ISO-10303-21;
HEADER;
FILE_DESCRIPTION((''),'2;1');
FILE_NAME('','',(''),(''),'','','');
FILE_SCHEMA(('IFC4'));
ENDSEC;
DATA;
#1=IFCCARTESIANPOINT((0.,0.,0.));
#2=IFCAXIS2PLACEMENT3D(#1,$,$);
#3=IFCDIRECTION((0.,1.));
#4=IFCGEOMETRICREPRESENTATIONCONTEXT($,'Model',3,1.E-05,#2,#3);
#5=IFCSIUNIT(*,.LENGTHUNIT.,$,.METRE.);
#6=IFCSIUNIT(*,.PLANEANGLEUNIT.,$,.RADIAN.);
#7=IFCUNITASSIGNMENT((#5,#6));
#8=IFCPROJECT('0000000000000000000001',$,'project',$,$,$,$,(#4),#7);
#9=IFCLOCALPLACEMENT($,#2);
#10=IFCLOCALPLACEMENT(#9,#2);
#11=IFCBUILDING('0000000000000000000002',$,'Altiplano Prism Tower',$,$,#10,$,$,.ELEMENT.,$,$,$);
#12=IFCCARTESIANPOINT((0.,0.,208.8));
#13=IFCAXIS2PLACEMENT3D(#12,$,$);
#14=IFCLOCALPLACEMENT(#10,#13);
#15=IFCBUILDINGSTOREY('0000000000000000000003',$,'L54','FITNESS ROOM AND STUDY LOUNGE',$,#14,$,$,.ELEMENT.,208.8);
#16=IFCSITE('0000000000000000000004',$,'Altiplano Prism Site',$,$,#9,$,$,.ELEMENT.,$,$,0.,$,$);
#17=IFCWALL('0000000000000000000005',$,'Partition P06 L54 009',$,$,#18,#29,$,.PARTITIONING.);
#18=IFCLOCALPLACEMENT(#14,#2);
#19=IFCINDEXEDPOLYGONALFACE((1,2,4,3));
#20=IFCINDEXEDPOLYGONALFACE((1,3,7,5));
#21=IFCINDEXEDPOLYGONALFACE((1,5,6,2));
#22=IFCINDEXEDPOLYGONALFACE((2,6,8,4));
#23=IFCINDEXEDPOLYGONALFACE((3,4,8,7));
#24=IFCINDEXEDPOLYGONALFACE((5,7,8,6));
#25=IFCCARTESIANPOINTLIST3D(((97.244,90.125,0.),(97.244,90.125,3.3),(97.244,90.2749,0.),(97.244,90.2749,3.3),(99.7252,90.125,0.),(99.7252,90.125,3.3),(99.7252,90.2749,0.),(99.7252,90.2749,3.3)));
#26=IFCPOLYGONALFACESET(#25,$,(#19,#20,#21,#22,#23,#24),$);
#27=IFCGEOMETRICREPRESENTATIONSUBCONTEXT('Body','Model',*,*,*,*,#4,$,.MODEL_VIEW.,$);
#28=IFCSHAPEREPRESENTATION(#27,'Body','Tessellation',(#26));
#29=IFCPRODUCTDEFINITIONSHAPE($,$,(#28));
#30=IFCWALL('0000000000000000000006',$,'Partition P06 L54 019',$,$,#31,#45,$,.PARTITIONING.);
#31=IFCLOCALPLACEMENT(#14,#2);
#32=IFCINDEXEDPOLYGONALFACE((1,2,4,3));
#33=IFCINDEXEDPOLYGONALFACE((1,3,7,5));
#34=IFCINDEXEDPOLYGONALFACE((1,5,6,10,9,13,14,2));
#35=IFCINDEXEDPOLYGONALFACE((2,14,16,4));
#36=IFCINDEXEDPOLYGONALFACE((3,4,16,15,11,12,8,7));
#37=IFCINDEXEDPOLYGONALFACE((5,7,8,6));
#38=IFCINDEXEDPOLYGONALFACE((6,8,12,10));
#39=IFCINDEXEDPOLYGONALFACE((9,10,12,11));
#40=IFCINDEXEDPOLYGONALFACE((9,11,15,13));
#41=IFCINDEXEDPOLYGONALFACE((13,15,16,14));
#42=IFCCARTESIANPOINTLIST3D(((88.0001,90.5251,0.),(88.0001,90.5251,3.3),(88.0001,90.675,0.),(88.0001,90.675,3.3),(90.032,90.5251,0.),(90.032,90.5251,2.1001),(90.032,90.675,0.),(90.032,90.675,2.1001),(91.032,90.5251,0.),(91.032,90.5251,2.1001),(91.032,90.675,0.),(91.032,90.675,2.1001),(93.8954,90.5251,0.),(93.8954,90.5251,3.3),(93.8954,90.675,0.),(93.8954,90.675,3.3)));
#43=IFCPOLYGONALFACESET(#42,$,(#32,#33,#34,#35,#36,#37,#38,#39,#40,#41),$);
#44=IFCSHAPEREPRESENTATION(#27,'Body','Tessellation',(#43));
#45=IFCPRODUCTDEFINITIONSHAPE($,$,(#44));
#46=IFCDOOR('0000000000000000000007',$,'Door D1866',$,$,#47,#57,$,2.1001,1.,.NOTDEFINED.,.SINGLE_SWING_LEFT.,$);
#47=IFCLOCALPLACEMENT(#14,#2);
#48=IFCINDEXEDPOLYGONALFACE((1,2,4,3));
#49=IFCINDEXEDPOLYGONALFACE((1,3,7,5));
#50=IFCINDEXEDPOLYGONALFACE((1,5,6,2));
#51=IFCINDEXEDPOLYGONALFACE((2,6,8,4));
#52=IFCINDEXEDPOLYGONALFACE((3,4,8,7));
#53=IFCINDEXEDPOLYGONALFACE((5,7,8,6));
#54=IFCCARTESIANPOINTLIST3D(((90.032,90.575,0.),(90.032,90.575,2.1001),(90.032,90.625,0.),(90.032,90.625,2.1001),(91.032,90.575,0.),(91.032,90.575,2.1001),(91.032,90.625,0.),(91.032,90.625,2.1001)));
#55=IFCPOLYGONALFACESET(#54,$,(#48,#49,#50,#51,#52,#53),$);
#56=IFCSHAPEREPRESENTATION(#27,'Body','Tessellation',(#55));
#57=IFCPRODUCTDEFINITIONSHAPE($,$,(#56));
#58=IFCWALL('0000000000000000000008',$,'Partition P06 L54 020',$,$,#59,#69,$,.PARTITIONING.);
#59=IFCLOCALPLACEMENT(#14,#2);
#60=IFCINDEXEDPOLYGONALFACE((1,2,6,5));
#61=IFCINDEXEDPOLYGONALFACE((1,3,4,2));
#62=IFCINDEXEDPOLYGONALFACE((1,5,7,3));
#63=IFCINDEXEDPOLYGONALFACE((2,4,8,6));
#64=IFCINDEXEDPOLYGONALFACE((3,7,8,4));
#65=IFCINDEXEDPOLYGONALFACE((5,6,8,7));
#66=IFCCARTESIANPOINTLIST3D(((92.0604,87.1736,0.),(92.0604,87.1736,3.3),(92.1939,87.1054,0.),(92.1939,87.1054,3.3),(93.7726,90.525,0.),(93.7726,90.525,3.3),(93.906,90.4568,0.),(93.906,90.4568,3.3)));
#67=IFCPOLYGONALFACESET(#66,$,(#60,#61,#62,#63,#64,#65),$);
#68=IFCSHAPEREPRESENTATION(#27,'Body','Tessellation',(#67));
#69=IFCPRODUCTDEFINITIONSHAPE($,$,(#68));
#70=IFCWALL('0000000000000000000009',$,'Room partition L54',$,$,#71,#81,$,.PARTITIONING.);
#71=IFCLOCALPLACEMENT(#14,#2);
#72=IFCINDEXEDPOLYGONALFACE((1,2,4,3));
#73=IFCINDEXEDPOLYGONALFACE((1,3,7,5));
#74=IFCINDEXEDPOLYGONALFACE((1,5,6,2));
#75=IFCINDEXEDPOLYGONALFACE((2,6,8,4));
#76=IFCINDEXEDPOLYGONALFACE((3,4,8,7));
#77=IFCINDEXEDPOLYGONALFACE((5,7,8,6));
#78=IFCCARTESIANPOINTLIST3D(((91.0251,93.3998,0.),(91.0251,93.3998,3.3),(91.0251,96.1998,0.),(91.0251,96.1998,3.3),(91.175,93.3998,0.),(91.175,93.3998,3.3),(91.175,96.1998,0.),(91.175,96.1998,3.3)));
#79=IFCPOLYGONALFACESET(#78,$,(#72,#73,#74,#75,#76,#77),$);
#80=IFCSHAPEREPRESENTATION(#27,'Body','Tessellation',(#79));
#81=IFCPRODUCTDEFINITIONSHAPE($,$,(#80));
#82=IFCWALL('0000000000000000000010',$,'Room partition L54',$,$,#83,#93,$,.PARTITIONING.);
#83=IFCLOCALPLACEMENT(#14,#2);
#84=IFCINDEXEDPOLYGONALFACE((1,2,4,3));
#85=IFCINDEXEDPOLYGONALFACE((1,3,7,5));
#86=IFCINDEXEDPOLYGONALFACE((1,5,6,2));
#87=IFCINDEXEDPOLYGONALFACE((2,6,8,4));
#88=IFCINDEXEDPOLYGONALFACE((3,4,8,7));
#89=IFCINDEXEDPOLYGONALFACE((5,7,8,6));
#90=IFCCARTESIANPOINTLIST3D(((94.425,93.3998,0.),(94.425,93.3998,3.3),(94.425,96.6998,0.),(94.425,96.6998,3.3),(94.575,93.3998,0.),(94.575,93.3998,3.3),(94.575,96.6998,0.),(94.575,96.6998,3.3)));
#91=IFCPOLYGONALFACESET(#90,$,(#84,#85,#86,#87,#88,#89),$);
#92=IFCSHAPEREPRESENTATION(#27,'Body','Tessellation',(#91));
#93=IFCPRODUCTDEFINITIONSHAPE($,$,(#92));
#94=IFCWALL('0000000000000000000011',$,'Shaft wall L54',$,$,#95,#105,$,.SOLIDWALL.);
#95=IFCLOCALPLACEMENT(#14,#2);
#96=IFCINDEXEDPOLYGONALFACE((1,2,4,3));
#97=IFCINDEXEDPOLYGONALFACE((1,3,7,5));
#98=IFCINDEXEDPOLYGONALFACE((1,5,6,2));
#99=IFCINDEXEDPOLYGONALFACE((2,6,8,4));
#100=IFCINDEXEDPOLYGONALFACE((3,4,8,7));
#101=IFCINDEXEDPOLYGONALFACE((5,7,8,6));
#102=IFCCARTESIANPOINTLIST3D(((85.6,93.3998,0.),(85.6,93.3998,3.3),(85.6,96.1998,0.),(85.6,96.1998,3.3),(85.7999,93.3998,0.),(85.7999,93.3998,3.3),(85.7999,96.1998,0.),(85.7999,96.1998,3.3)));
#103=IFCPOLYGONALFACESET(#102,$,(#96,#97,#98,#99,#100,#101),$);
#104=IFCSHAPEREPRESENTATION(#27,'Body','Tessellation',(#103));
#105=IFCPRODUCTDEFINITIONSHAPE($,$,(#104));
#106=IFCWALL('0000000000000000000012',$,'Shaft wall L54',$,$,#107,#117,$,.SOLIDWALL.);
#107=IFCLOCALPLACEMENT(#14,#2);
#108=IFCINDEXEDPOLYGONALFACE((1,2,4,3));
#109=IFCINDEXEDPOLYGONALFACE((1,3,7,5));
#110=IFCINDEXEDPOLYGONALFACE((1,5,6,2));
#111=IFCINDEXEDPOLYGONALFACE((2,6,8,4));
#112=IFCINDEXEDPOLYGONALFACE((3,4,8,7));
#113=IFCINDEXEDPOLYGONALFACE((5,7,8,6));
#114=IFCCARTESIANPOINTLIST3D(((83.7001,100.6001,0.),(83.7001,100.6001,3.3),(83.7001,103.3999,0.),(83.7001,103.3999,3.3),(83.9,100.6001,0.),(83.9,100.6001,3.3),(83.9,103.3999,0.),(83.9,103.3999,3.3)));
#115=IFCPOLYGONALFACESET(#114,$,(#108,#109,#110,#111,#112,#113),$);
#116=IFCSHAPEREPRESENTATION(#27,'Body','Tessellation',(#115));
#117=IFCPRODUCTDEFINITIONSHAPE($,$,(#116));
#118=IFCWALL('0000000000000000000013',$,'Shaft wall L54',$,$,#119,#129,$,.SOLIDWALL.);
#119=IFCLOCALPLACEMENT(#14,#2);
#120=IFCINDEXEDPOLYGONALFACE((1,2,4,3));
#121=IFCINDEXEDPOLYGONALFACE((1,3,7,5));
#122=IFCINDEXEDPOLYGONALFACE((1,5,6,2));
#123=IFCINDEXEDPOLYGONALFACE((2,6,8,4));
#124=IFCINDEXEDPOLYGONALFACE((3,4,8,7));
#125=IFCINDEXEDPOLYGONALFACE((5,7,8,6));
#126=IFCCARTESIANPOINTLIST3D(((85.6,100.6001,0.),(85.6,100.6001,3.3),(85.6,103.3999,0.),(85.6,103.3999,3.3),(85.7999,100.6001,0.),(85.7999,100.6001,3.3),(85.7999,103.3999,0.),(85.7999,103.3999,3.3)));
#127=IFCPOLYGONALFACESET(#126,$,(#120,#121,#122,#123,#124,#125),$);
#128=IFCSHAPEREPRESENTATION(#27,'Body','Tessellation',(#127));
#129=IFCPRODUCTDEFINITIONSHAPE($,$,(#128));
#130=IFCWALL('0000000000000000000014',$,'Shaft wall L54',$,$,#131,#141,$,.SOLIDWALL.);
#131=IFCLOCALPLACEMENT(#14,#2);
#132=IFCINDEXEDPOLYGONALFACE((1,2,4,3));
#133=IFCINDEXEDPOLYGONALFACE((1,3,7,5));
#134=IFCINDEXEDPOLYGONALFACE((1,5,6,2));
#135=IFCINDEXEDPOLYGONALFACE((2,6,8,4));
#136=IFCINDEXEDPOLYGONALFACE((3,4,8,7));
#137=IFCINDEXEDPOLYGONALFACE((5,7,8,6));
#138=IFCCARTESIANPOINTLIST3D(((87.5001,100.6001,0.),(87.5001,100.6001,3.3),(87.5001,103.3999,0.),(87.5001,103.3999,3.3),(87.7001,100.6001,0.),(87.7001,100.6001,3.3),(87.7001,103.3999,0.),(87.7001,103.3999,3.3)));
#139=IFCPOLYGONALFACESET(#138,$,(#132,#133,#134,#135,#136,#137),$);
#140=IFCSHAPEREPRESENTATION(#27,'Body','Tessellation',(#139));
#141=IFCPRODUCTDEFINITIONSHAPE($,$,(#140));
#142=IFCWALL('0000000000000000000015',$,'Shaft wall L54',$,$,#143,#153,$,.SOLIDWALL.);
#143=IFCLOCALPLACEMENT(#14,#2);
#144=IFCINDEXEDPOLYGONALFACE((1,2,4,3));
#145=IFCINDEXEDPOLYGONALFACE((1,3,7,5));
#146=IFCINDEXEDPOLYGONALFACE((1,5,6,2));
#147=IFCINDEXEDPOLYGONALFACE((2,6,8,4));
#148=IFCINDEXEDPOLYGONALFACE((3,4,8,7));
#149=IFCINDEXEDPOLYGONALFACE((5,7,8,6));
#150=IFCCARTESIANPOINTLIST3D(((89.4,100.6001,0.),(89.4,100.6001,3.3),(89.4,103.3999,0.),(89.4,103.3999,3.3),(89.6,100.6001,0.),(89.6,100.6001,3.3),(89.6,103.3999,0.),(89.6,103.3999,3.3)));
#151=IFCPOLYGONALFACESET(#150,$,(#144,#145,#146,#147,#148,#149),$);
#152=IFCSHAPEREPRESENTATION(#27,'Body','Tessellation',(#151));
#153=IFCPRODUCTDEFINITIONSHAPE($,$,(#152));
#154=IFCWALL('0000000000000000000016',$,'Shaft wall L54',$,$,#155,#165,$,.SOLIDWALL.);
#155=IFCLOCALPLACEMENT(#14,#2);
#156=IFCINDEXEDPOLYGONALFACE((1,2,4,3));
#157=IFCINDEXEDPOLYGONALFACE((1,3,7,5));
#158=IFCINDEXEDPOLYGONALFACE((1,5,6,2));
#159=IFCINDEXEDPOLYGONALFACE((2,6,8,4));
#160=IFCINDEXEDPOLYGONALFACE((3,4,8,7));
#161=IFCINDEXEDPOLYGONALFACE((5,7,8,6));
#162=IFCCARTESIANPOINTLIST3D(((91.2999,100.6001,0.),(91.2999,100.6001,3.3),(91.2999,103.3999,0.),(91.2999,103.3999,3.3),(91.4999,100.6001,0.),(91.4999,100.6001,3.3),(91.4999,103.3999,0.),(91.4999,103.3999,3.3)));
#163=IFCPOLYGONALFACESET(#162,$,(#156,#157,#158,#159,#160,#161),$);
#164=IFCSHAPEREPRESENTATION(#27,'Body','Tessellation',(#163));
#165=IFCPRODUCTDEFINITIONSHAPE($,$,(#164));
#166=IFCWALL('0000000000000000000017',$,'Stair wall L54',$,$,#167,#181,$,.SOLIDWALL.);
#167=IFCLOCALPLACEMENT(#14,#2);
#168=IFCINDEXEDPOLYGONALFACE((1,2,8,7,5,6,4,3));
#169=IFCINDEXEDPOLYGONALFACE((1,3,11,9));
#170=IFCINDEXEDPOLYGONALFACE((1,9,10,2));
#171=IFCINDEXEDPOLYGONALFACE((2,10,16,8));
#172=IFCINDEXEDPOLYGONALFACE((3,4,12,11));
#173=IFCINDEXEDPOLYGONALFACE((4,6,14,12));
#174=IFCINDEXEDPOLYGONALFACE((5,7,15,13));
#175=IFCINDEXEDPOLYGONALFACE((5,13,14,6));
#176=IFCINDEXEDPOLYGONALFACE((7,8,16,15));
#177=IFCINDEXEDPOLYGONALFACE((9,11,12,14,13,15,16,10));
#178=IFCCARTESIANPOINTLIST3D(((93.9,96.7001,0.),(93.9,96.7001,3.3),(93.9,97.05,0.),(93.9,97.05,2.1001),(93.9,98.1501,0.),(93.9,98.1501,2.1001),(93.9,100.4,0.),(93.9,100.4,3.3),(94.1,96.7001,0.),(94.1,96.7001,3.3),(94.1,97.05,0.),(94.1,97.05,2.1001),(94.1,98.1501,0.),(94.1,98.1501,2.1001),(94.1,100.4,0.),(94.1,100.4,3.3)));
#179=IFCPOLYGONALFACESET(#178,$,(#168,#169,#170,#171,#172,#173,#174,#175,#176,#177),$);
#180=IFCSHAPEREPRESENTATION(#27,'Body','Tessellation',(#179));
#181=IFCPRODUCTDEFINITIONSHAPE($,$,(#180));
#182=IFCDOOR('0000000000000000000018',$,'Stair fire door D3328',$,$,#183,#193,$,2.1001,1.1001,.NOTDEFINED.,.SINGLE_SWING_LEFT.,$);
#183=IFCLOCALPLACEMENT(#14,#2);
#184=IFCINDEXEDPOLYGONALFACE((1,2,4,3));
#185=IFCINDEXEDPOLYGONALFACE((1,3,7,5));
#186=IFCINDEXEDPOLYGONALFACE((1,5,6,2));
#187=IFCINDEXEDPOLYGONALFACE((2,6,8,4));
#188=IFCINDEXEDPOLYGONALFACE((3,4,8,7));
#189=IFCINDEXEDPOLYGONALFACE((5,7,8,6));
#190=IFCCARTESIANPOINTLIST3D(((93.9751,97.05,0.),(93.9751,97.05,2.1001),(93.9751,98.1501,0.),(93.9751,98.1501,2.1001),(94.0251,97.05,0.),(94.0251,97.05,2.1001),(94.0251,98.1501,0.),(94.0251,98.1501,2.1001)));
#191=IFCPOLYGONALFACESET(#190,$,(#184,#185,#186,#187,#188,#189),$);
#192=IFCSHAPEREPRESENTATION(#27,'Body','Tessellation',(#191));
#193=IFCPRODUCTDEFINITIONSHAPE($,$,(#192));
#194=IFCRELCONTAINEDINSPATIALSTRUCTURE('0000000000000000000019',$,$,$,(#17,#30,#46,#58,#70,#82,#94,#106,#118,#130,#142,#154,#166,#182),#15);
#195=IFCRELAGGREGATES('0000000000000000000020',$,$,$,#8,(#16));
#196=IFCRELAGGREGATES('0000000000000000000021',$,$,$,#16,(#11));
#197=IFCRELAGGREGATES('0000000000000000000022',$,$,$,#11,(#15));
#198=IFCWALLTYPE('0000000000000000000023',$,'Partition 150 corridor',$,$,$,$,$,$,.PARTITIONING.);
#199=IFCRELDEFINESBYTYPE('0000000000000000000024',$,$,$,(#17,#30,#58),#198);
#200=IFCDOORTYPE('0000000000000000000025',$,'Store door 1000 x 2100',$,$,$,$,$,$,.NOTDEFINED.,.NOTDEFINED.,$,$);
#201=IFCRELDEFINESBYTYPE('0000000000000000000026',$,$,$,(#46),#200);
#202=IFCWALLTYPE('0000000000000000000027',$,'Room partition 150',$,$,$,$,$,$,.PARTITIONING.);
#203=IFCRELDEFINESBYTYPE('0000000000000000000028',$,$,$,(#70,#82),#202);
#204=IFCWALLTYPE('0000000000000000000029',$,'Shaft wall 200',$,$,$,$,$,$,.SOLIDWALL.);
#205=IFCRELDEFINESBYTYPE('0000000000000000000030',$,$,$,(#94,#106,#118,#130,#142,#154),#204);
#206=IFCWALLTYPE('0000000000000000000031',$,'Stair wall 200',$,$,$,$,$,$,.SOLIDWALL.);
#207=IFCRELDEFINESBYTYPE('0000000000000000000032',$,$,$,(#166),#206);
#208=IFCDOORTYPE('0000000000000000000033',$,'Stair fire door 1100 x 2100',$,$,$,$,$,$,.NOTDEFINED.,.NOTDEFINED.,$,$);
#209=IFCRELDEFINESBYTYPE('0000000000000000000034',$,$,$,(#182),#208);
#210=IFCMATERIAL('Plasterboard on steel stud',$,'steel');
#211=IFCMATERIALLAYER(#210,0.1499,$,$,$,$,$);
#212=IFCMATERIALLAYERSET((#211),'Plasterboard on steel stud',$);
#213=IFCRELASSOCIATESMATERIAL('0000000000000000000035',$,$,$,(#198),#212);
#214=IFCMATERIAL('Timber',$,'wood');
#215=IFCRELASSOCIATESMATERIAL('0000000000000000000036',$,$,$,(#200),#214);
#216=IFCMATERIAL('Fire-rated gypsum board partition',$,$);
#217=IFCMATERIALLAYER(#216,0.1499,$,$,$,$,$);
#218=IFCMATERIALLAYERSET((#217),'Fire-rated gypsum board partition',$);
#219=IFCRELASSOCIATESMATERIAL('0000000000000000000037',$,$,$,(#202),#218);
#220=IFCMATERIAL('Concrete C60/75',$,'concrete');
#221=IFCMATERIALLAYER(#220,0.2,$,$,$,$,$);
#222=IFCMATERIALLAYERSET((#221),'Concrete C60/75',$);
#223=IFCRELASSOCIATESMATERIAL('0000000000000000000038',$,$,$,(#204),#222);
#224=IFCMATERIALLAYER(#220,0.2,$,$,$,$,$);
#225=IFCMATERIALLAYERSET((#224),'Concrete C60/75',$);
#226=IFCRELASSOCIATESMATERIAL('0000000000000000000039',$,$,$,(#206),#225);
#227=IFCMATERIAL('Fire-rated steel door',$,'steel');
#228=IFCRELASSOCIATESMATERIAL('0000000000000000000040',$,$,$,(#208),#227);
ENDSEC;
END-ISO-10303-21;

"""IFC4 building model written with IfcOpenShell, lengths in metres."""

from ifc_helpers import new_model, si_unit, direction, frame, frame_2d, origin, place, context, subcontext, project, spatial, rectangle, extrude, material, layer, layer_set, type_object, element, fill, save


model = new_model("IFC4")

# Units and contexts
model_context = context("Model", 3, precision=1e-05, world=origin(), true_north=direction((0.0, 1.0)))
body_context = subcontext(model_context, "Body", "Model", "MODEL_VIEW")
ifc_project = project(units=[si_unit("LENGTHUNIT", "METRE"), si_unit("PLANEANGLEUNIT", "RADIAN")], contexts=[model_context])

# Site, building, storey
site_placement = place(None, origin())
site = spatial("IfcSite", under=ifc_project, at=site_placement, Name="Altiplano Prism Site", CompositionType="ELEMENT", RefElevation=0.0)
building_placement = place(site_placement, origin())
building = spatial("IfcBuilding", under=site, at=building_placement, Name="Altiplano Prism Tower", CompositionType="ELEMENT")
storey_placement = place(building_placement, frame((0.0, 0.0, 208.8)))
storey = spatial("IfcBuildingStorey", under=building, at=storey_placement, Name="L54", Description="FITNESS ROOM AND STUDY LOUNGE", CompositionType="ELEMENT", Elevation=208.8)

# Wall
ifc_material_1 = material(Name="Plasterboard on steel stud", Category="steel")
ifc_layer_1 = layer(ifc_material_1, 0.1499)
ifc_layer_set_1 = layer_set([ifc_layer_1], Name="Plasterboard on steel stud")
wall_type_1 = type_object("IfcWallType", Name="Partition 150 corridor", PredefinedType="PARTITIONING", material=ifc_layer_set_1)
wall_1_placement = place(storey_placement, frame((97.2439, 90.2, 0.0), z_axis=(0.0, 0.0, 1.0), x_axis=(1.0, 0.0, 0.0)))
element("IfcWall", 1, at=wall_1_placement, inside=storey, type_object=wall_type_1, Name="Partition P06 L54 009", PredefinedType="PARTITIONING", context=body_context, shape_type="SweptSolid", body=[
    extrude(rectangle(XDim=2.4812, YDim=0.1499, at=frame_2d((1.2407, 0.0))), origin(), (0.0, 0.0, 1.0), 3.3),
])

# Wall, opening, door
wall_2_placement = place(storey_placement, frame((88.0, 90.6001, 0.0), z_axis=(0.0, 0.0, 1.0), x_axis=(1.0, 0.0, 0.0)))
wall_2 = element("IfcWall", 2, at=wall_2_placement, inside=storey, type_object=wall_type_1, Name="Partition P06 L54 019", PredefinedType="PARTITIONING", context=body_context, shape_type="SweptSolid", body=[
    extrude(rectangle(XDim=5.8953, YDim=0.1499, at=frame_2d((2.9478, 0.0))), origin(), (0.0, 0.0, 1.0), 3.3),
])
opening_1_placement = place(wall_2_placement, frame((2.032, 0.0, 0.0)))
opening_1 = element("IfcOpeningElement", 3, at=opening_1_placement, cuts=wall_2, PredefinedType="OPENING", context=body_context, shape_type="SweptSolid", body=[
    extrude(rectangle(XDim=1.0, YDim=2.1001, at=frame_2d((0.5, 1.05))), frame((0.0, 0.0854, 0.0), z_axis=(0.0, -1.0, 0.0), x_axis=(1.0, 0.0, 0.0)), (0.0, 0.0, 1.0), 0.1709),
])
ifc_material_2 = material(Name="Timber", Category="wood")
door_type_1 = type_object("IfcDoorType", Name="Store door 1000 x 2100", OperationType="NOTDEFINED", PredefinedType="NOTDEFINED", material=ifc_material_2)
door_1_placement = place(opening_1_placement, origin())
door_1 = element("IfcDoor", 4, at=door_1_placement, inside=storey, type_object=door_type_1, Name="Door D1866", OperationType="SINGLE_SWING_LEFT", OverallHeight=2.1001, OverallWidth=1.0, PredefinedType="NOTDEFINED", context=body_context, shape_type="SweptSolid", body=[
    extrude(rectangle(XDim=1.0, YDim=2.1001, at=frame_2d((0.5, 1.05))), frame((0.0, 0.0249, 0.0), z_axis=(0.0, -1.0, 0.0), x_axis=(1.0, 0.0, 0.0)), (0.0, 0.0, 1.0), 0.05),
])
fill(opening_1, door_1)

# Walls
wall_3_placement = place(storey_placement, frame((93.8394, 90.491, 0.0), z_axis=(0.0, 0.0, 1.0), x_axis=(-0.454956, -0.890514, 0.0)))
element("IfcWall", 5, at=wall_3_placement, inside=storey, type_object=wall_type_1, Name="Partition P06 L54 020", PredefinedType="PARTITIONING", context=body_context, shape_type="SweptSolid", body=[
    extrude(rectangle(XDim=3.7634, YDim=0.1499, at=frame_2d((1.8818, 0.0))), origin(), (0.0, 0.0, 1.0), 3.3),
])
ifc_material_3 = material(Name="Fire-rated gypsum board partition")
ifc_layer_2 = layer(ifc_material_3, 0.1499)
ifc_layer_set_2 = layer_set([ifc_layer_2], Name="Fire-rated gypsum board partition")
wall_type_2 = type_object("IfcWallType", Name="Room partition 150", PredefinedType="PARTITIONING", material=ifc_layer_set_2)
wall_4_placement = place(storey_placement, frame((91.1001, 93.3999, 0.0), z_axis=(0.0, 0.0, 1.0), x_axis=(0.0, 1.0, 0.0)))
element("IfcWall", 6, at=wall_4_placement, inside=storey, type_object=wall_type_2, Name="Room partition L54", PredefinedType="PARTITIONING", context=body_context, shape_type="SweptSolid", body=[
    extrude(rectangle(XDim=2.8, YDim=0.1499, at=frame_2d((1.3999, 0.0))), origin(), (0.0, 0.0, 1.0), 3.3),
])
wall_5_placement = place(storey_placement, frame((94.5, 93.3999, 0.0), z_axis=(0.0, 0.0, 1.0), x_axis=(0.0, 1.0, 0.0)))
element("IfcWall", 7, at=wall_5_placement, inside=storey, type_object=wall_type_2, Name="Room partition L54", PredefinedType="PARTITIONING", context=body_context, shape_type="SweptSolid", body=[
    extrude(rectangle(XDim=3.3, YDim=0.1499, at=frame_2d((1.6499, 0.0))), origin(), (0.0, 0.0, 1.0), 3.3),
])
ifc_material_4 = material(Name="Concrete C60/75", Category="concrete")
ifc_layer_3 = layer(ifc_material_4, 0.2)
ifc_layer_set_3 = layer_set([ifc_layer_3], Name="Concrete C60/75")
wall_type_3 = type_object("IfcWallType", Name="Shaft wall 200", PredefinedType="SOLIDWALL", material=ifc_layer_set_3)
wall_6_placement = place(storey_placement, frame((85.7, 93.3999, 0.0), z_axis=(0.0, 0.0, 1.0), x_axis=(0.0, 1.0, 0.0)))
element("IfcWall", 8, at=wall_6_placement, inside=storey, type_object=wall_type_3, Name="Shaft wall L54", PredefinedType="SOLIDWALL", context=body_context, shape_type="SweptSolid", body=[
    extrude(rectangle(XDim=2.8, YDim=0.2, at=frame_2d((1.3999, 0.0))), origin(), (0.0, 0.0, 1.0), 3.3),
])
for number, where, z_axis, x_axis, name in (
    (9, (83.8, 100.6001, 0.0), (0.0, 0.0, 1.0), (0.0, 1.0, 0.0), "Shaft wall L54"),
    (10, (85.7, 100.6001, 0.0), (0.0, 0.0, 1.0), (0.0, 1.0, 0.0), "Shaft wall L54"),
    (11, (87.6001, 100.6001, 0.0), (0.0, 0.0, 1.0), (0.0, 1.0, 0.0), "Shaft wall L54"),
    (12, (89.5, 100.6001, 0.0), (0.0, 0.0, 1.0), (0.0, 1.0, 0.0), "Shaft wall L54"),
    (13, (91.3999, 100.6001, 0.0), (0.0, 0.0, 1.0), (0.0, 1.0, 0.0), "Shaft wall L54"),
):
    element("IfcWall", number, at=place(storey_placement, frame(where, z_axis=z_axis, x_axis=x_axis)), inside=storey, type_object=wall_type_3, Name=name, PredefinedType="SOLIDWALL", context=body_context, shape_type="SweptSolid", body=[
        extrude(rectangle(XDim=2.7998, YDim=0.2, at=frame_2d((1.3999, 0.0))), origin(), (0.0, 0.0, 1.0), 3.3),
    ])

# Wall, opening, door
ifc_layer_4 = layer(ifc_material_4, 0.2)
ifc_layer_set_4 = layer_set([ifc_layer_4], Name="Concrete C60/75")
wall_type_4 = type_object("IfcWallType", Name="Stair wall 200", PredefinedType="SOLIDWALL", material=ifc_layer_set_4)
wall_7_placement = place(storey_placement, frame((94.0, 96.7, 0.0), z_axis=(0.0, 0.0, 1.0), x_axis=(0.0, 1.0, 0.0)))
wall_7 = element("IfcWall", 14, at=wall_7_placement, inside=storey, type_object=wall_type_4, Name="Stair wall L54", PredefinedType="SOLIDWALL", context=body_context, shape_type="SweptSolid", body=[
    extrude(rectangle(XDim=3.7, YDim=0.2, at=frame_2d((1.8501, 0.0))), origin(), (0.0, 0.0, 1.0), 3.3),
])
opening_2_placement = place(wall_7_placement, frame((0.3501, 0.0, 0.0)))
opening_2 = element("IfcOpeningElement", 15, at=opening_2_placement, cuts=wall_7, PredefinedType="OPENING", context=body_context, shape_type="SweptSolid", body=[
    extrude(rectangle(XDim=1.1001, YDim=2.1001, at=frame_2d((0.55, 1.05))), frame((0.0, 0.1104, 0.0), z_axis=(0.0, -1.0, 0.0), x_axis=(1.0, 0.0, 0.0)), (0.0, 0.0, 1.0), 0.2209),
])
ifc_material_5 = material(Name="Fire-rated steel door", Category="steel")
door_type_2 = type_object("IfcDoorType", Name="Stair fire door 1100 x 2100", OperationType="NOTDEFINED", PredefinedType="NOTDEFINED", material=ifc_material_5)
door_2_placement = place(opening_2_placement, origin())
door_2 = element("IfcDoor", 16, at=door_2_placement, inside=storey, type_object=door_type_2, Name="Stair fire door D3328", OperationType="SINGLE_SWING_LEFT", OverallHeight=2.1001, OverallWidth=1.1001, PredefinedType="NOTDEFINED", context=body_context, shape_type="SweptSolid", body=[
    extrude(rectangle(XDim=1.1001, YDim=2.1001, at=frame_2d((0.55, 1.05))), frame((0.0, 0.0249, 0.0), z_axis=(0.0, -1.0, 0.0), x_axis=(1.0, 0.0, 0.0)), (0.0, 0.0, 1.0), 0.05),
])
fill(opening_2, door_2)

save(model, "model.ifc")
